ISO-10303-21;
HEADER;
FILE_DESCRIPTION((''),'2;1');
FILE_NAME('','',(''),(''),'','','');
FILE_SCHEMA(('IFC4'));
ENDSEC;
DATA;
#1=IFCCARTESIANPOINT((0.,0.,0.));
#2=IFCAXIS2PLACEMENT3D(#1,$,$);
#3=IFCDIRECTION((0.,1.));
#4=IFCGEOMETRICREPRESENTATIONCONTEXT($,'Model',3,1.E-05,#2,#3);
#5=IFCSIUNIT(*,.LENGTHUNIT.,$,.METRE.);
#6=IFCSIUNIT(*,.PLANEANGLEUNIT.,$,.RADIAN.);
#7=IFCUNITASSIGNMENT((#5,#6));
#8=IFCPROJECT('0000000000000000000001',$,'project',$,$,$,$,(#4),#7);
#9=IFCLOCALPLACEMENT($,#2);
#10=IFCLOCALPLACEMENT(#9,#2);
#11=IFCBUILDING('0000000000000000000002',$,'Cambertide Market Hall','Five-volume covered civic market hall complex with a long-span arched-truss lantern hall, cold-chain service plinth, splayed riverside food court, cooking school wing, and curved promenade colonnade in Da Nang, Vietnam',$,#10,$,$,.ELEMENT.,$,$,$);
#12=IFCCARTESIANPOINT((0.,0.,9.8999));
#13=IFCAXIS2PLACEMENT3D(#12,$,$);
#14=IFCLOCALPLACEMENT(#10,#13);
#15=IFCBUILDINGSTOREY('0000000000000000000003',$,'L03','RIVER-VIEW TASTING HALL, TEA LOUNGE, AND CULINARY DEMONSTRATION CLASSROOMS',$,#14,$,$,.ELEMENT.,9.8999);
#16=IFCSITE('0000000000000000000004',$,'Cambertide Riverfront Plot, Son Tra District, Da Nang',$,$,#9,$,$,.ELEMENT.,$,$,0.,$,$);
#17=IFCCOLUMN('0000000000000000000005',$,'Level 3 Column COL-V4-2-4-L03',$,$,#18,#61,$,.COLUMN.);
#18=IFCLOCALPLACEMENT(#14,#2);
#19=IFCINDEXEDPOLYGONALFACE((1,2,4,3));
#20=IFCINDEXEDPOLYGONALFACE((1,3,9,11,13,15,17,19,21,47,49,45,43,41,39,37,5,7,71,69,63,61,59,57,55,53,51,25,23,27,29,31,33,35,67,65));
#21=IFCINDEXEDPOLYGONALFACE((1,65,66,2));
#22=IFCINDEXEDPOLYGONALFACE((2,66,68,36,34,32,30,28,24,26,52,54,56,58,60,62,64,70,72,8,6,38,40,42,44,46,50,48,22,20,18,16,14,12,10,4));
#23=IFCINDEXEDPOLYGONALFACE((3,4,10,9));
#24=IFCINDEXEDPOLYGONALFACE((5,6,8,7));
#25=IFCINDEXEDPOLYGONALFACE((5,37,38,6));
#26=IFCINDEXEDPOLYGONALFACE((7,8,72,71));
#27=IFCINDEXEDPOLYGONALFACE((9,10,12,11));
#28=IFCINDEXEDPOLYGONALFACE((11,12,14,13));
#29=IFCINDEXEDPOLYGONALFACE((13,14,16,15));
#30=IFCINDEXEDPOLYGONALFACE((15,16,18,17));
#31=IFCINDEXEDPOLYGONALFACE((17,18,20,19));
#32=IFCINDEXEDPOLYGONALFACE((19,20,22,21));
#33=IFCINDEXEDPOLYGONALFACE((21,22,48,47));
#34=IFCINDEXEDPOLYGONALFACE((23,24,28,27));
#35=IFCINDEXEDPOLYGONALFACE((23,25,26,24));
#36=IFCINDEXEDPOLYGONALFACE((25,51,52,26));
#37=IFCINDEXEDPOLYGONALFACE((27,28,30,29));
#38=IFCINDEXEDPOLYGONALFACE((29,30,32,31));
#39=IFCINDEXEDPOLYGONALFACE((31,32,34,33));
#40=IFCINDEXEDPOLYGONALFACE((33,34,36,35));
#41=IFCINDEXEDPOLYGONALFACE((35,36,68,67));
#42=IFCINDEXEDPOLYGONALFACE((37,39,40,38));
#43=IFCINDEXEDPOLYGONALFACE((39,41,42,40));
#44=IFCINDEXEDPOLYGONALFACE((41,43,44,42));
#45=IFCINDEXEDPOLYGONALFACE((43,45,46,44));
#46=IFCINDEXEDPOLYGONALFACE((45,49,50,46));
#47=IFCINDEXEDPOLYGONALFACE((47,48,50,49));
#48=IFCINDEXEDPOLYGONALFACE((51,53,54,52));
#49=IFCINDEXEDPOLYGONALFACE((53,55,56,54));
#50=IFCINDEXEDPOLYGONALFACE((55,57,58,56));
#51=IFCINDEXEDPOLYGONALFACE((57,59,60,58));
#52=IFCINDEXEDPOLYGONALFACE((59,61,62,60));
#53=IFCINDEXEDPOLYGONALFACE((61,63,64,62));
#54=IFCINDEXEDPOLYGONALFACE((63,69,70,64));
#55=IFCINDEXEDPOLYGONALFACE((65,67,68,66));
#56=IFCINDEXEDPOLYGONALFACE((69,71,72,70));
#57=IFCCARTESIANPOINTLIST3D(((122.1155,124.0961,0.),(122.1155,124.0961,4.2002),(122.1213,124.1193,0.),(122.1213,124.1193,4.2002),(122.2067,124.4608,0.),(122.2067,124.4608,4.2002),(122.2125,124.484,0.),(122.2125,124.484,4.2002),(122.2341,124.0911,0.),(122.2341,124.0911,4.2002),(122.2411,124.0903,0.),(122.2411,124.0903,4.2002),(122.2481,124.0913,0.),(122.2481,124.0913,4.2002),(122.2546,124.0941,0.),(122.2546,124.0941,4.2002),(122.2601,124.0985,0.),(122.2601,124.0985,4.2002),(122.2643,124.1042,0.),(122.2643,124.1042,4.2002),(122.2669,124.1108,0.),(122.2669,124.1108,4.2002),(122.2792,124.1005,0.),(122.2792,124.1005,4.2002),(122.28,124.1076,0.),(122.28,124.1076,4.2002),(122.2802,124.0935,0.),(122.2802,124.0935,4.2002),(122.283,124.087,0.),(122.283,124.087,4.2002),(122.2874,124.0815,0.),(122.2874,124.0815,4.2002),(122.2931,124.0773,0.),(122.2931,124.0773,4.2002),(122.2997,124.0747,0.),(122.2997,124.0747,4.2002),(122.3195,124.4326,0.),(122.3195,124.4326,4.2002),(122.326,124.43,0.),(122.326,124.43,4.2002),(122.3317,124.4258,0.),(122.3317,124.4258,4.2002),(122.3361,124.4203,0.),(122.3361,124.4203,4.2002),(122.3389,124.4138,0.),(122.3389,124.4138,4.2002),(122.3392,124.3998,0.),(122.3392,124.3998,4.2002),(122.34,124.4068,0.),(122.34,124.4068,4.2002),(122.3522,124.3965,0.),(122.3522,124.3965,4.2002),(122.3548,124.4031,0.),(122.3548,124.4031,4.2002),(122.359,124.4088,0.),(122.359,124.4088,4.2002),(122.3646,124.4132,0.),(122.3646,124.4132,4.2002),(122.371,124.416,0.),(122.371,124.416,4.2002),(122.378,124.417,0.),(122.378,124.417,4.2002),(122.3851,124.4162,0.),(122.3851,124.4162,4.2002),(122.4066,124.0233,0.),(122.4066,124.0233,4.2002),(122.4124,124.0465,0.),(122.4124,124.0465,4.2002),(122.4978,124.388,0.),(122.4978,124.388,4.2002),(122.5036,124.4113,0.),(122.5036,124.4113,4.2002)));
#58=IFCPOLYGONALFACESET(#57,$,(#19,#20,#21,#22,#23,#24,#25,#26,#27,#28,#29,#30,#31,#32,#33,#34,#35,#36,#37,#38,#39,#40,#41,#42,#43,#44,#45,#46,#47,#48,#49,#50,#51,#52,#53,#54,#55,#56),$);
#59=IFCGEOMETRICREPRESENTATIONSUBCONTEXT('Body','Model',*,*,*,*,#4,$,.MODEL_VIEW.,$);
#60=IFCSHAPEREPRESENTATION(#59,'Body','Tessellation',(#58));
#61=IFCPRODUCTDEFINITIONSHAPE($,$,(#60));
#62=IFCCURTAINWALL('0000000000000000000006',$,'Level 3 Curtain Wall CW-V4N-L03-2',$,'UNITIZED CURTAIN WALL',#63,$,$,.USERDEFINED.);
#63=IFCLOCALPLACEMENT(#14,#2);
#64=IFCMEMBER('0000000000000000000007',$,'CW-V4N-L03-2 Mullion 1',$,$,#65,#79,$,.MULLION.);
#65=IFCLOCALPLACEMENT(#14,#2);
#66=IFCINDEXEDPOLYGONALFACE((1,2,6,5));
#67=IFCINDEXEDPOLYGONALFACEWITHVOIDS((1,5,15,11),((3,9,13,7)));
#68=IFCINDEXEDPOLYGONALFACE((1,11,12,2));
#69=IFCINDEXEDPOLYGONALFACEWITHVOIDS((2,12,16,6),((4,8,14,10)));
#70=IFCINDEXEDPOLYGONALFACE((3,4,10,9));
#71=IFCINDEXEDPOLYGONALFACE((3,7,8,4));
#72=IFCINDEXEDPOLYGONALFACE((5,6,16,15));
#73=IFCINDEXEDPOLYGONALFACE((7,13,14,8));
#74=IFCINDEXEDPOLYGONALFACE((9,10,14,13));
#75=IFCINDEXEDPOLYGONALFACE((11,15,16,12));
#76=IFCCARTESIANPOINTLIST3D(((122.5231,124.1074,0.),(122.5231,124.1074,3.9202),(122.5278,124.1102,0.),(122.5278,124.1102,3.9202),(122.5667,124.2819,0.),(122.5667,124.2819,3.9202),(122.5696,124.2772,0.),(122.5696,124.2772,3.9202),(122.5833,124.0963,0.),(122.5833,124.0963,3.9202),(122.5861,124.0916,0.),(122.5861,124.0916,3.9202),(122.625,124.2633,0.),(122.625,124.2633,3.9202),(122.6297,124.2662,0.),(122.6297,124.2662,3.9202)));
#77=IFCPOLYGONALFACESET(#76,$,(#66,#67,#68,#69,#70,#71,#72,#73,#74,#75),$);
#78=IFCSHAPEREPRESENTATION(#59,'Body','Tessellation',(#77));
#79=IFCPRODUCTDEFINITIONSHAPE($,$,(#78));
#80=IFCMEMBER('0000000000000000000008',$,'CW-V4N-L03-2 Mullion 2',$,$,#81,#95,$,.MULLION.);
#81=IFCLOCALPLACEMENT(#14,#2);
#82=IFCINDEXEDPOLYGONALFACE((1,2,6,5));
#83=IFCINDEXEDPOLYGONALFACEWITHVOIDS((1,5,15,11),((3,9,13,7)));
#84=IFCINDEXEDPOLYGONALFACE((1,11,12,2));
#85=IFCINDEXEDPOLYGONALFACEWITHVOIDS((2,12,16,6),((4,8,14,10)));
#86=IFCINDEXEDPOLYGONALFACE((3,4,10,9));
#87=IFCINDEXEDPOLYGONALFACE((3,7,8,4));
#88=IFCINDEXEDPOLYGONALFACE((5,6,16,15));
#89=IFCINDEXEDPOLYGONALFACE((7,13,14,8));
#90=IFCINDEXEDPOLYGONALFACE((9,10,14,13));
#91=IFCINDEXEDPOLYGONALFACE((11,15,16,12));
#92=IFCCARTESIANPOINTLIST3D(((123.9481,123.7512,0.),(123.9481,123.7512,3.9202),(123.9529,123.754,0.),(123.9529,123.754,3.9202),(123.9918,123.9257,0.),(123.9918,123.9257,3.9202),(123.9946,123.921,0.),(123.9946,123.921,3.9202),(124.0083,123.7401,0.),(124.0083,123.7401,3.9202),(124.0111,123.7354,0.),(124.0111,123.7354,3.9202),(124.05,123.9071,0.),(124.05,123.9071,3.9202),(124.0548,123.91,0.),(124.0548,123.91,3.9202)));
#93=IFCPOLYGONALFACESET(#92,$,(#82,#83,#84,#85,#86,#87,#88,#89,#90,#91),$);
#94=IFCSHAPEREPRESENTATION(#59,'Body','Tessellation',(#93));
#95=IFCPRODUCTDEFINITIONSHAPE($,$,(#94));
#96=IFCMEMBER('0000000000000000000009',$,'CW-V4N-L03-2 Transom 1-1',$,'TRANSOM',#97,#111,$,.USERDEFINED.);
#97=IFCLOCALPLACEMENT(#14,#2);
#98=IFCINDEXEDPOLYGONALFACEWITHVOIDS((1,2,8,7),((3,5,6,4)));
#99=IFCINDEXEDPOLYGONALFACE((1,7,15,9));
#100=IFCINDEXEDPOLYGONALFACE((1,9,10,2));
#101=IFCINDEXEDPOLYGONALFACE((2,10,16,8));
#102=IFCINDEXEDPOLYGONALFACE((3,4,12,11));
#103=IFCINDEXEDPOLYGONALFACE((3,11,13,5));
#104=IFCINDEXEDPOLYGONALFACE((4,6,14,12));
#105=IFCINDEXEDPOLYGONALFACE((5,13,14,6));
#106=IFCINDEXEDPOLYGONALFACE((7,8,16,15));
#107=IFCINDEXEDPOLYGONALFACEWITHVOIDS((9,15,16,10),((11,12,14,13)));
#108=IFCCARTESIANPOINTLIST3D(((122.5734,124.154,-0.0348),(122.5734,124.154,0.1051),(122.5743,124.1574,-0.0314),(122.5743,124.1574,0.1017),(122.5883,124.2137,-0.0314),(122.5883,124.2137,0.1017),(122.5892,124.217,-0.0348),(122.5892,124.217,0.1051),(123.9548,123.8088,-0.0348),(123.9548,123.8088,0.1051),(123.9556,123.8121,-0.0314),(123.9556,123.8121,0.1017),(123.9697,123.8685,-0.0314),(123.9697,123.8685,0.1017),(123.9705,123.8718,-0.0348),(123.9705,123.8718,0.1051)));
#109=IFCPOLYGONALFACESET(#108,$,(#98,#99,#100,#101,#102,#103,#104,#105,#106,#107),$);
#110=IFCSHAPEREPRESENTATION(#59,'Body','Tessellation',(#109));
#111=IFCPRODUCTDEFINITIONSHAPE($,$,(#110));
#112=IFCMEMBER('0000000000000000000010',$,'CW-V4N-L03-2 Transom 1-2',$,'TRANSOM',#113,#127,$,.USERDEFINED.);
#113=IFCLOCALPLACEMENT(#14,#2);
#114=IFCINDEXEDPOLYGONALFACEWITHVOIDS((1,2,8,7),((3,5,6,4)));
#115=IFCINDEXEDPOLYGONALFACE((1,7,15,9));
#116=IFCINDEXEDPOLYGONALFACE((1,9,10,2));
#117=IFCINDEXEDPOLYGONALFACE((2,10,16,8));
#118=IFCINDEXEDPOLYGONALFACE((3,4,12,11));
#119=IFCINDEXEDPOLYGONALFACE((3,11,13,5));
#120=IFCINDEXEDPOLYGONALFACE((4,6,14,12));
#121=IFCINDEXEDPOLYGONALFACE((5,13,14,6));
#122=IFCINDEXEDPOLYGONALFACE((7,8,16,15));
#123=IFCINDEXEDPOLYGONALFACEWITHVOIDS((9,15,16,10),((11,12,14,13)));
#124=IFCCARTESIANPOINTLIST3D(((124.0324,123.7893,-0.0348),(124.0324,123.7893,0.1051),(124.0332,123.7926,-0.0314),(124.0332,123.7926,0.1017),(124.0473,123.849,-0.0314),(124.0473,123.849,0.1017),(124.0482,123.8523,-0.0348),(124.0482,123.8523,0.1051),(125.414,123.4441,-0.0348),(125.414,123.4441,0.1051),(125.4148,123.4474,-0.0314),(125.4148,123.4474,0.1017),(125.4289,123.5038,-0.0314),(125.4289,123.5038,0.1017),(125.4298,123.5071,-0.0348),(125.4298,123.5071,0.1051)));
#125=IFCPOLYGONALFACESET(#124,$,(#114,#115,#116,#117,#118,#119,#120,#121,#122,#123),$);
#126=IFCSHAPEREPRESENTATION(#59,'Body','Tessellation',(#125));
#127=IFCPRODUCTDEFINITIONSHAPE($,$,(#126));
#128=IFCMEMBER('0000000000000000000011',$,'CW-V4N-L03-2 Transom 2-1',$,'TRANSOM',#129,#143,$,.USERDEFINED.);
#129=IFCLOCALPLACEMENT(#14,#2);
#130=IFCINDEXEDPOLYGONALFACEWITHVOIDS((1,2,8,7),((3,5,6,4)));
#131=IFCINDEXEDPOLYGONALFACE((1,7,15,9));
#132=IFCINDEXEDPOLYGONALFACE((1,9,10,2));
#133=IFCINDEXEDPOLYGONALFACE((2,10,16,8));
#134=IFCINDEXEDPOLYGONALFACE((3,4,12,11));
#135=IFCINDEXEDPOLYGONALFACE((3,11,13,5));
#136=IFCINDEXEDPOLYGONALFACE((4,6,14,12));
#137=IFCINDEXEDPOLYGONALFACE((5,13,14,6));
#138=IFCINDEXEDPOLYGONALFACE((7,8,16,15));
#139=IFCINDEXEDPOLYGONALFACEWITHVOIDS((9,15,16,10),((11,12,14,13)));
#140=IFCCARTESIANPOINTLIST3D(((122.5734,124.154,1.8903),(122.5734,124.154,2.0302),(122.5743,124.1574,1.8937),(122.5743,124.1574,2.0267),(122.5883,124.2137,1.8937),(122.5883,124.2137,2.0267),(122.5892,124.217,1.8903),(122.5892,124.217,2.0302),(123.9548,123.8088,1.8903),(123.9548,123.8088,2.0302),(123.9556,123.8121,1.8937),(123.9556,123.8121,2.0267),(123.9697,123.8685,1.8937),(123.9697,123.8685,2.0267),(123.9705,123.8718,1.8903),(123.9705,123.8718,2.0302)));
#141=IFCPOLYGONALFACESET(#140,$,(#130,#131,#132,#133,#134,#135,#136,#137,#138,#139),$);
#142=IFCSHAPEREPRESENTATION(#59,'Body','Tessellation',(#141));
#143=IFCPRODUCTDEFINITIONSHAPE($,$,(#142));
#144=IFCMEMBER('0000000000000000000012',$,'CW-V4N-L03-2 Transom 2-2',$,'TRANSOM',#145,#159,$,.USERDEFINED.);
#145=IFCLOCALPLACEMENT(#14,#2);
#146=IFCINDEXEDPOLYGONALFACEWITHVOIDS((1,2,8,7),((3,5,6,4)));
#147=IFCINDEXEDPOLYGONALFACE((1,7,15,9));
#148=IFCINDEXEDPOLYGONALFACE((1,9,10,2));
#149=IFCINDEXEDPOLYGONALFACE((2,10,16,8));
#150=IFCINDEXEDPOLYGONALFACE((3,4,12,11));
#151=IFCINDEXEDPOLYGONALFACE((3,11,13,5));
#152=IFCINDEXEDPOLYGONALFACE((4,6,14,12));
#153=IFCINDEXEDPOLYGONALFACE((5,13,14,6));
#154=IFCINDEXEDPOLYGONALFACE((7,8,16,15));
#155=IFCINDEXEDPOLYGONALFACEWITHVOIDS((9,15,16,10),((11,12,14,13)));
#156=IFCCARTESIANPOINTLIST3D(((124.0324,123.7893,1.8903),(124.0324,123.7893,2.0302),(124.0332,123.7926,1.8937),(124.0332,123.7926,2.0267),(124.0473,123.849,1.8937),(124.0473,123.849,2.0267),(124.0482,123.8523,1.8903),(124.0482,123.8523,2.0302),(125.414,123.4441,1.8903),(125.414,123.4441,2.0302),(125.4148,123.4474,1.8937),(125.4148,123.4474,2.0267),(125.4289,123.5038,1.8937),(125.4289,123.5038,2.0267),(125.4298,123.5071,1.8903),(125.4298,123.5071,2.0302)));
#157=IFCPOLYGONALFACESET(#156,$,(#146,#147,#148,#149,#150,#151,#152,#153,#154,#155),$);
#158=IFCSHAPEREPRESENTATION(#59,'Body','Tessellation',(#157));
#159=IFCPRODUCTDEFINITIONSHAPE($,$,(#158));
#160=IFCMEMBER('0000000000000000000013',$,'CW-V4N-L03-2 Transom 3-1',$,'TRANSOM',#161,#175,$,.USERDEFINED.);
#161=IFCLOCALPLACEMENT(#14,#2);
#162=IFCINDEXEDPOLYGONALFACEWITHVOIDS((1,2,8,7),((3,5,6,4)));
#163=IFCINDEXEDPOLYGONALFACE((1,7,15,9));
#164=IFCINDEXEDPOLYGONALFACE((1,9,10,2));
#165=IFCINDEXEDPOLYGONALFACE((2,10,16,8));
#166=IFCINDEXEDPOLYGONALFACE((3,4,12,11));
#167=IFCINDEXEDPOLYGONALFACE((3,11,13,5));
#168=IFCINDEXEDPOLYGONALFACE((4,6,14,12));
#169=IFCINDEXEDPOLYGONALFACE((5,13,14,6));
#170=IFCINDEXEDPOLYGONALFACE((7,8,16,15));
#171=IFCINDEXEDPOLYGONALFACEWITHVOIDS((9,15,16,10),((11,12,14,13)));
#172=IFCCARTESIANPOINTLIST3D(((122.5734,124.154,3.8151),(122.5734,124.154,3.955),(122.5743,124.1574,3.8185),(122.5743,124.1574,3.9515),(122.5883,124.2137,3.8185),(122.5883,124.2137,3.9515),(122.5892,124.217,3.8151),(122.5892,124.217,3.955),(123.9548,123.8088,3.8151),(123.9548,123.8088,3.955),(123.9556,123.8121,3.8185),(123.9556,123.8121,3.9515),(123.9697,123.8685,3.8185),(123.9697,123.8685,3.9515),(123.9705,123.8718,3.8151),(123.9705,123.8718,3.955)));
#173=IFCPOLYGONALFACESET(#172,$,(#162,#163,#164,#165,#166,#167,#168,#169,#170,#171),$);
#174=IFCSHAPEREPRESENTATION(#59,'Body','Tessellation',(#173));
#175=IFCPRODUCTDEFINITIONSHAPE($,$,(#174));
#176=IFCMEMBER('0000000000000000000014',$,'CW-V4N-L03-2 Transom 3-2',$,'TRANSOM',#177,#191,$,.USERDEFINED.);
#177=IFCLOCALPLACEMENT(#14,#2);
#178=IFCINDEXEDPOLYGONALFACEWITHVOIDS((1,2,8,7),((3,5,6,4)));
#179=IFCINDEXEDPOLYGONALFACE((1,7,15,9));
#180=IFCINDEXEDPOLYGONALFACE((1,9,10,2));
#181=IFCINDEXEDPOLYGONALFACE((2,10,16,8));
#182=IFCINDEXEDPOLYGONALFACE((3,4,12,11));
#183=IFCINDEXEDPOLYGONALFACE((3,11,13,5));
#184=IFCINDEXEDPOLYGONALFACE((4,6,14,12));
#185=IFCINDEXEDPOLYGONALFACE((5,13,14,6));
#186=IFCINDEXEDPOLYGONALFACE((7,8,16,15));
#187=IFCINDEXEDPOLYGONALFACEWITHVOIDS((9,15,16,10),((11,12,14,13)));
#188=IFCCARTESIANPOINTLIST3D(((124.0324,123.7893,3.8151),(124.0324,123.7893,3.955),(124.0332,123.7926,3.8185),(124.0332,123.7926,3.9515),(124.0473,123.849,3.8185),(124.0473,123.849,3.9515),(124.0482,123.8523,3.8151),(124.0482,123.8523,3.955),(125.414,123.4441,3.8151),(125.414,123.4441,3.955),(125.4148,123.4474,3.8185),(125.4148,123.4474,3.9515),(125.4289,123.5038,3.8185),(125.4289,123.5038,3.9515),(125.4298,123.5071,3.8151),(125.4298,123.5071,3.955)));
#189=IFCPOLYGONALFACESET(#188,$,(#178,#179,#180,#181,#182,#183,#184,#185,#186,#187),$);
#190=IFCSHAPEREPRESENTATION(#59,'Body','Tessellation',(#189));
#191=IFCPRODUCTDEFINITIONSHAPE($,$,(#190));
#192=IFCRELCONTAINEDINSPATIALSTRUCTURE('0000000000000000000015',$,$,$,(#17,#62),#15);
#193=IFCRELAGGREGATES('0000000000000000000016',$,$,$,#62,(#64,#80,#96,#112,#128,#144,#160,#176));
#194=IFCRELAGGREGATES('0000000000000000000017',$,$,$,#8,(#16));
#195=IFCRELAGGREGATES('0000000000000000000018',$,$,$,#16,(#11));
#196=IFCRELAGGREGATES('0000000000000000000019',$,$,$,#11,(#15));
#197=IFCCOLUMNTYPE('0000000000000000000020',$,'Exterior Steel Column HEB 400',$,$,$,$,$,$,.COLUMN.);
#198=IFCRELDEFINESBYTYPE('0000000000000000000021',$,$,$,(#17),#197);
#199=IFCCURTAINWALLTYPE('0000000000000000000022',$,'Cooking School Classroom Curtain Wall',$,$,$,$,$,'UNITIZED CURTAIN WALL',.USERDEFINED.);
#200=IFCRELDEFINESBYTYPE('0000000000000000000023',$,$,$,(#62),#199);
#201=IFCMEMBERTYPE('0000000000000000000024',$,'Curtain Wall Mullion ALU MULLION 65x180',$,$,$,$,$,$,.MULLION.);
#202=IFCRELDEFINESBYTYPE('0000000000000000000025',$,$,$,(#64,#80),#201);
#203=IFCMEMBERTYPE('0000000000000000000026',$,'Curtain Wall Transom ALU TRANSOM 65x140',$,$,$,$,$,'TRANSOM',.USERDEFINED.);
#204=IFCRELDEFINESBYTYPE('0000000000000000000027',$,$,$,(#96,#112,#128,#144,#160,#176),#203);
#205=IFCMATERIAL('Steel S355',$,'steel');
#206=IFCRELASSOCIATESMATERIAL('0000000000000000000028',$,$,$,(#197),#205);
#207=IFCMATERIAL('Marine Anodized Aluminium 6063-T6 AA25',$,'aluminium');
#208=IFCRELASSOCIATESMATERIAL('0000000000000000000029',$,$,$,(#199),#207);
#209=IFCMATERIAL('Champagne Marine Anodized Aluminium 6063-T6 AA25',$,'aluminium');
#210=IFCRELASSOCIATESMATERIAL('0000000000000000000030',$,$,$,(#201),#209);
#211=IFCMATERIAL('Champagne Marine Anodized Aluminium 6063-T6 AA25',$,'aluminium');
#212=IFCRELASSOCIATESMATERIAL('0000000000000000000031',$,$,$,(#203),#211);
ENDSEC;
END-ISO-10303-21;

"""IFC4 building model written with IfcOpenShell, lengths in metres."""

from ifc_helpers import new_model, si_unit, direction, frame, origin, origin_2d, place, context, subcontext, project, spatial, hollow_rectangle, i_section, extrude, material, material_profile, profile_set, type_object, element, aggregate, save


model = new_model("IFC4")

# Units and contexts
model_context = context("Model", 3, precision=1e-05, world=origin(), true_north=direction((0.0, 1.0)))
body_context = subcontext(model_context, "Body", "Model", "MODEL_VIEW")
ifc_project = project(units=[si_unit("LENGTHUNIT", "METRE"), si_unit("PLANEANGLEUNIT", "RADIAN")], contexts=[model_context])

# Site, building, storey
site_placement = place(None, origin())
site = spatial("IfcSite", under=ifc_project, at=site_placement, Name="Cambertide Riverfront Plot, Son Tra District, Da Nang", CompositionType="ELEMENT", RefElevation=0.0)
building_placement = place(site_placement, origin())
building = spatial("IfcBuilding", under=site, at=building_placement, Name="Cambertide Market Hall", Description="Five-volume covered civic market hall complex with a long-span arched-truss lantern hall, cold-chain service plinth, splayed riverside food court, cooking school wing, and curved promenade colonnade in Da Nang, Vietnam", CompositionType="ELEMENT")
storey_placement = place(building_placement, frame((0.0, 0.0, 9.8999)))
storey = spatial("IfcBuildingStorey", under=building, at=storey_placement, Name="L03", Description="RIVER-VIEW TASTING HALL, TEA LOUNGE, AND CULINARY DEMONSTRATION CLASSROOMS", CompositionType="ELEMENT", Elevation=9.8999)

# Column
ifc_material_1 = material(Name="Steel S355", Category="steel")
ifc_material_profile_1 = material_profile(ifc_material_1, i_section(OverallWidth=0.3, OverallDepth=0.3999, WebThickness=0.0134, FlangeThickness=0.0239, FilletRadius=0.0271, at=origin_2d()), Name="HEB 400")
ifc_profile_set_1 = profile_set([ifc_material_profile_1], Name="Steel S355")
column_type = type_object("IfcColumnType", Name="Exterior Steel Column HEB 400", PredefinedType="COLUMN", material=ifc_profile_set_1)
column_placement = place(storey_placement, frame((122.3096, 124.2537, 0.0), z_axis=(0.0, 0.0, 1.0), x_axis=(0.970143, -0.242536, 0.0)))
element("IfcColumn", 1, at=column_placement, inside=storey, type_object=column_type, Name="Level 3 Column COL-V4-2-4-L03", PredefinedType="COLUMN", context=body_context, shape_type="SweptSolid", body=[
    extrude(i_section(OverallWidth=0.3, OverallDepth=0.3999, WebThickness=0.0134, FlangeThickness=0.0239, FilletRadius=0.0271, at=origin_2d()), origin(), (0.0, 0.0, 1.0), 4.2002),
])

# Curtain wall, members
ifc_material_2 = material(Name="Marine Anodized Aluminium 6063-T6 AA25", Category="aluminium")
curtain_wall_type = type_object("IfcCurtainWallType", Name="Cooking School Classroom Curtain Wall", ElementType="UNITIZED CURTAIN WALL", PredefinedType="USERDEFINED", material=ifc_material_2)
curtain_wall_placement = place(storey_placement, origin())
curtain_wall = element("IfcCurtainWall", 2, at=curtain_wall_placement, inside=storey, type_object=curtain_wall_type, Name="Level 3 Curtain Wall CW-V4N-L03-2", ObjectType="UNITIZED CURTAIN WALL", PredefinedType="USERDEFINED")
ifc_material_3 = material(Name="Champagne Marine Anodized Aluminium 6063-T6 AA25", Category="aluminium")
ifc_material_profile_2 = material_profile(ifc_material_3, hollow_rectangle(XDim=0.0649, YDim=0.1799, WallThickness=0.0039, at=origin_2d()), Name="ALU MULLION 65x180")
ifc_profile_set_2 = profile_set([ifc_material_profile_2], Name="Champagne Marine Anodized Aluminium 6063-T6 AA25")
member_type_1 = type_object("IfcMemberType", Name="Curtain Wall Mullion ALU MULLION 65x180", PredefinedType="MULLION", material=ifc_profile_set_2)
member_1_placement = place(storey_placement, frame((122.5764, 124.1868, 0.0), z_axis=(0.0, 0.0, 1.0), x_axis=(0.970143, -0.242536, 0.0)))
member_1 = element("IfcMember", 3, at=member_1_placement, type_object=member_type_1, Name="CW-V4N-L03-2 Mullion 1", PredefinedType="MULLION", context=body_context, shape_type="SweptSolid", body=[
    extrude(hollow_rectangle(XDim=0.0649, YDim=0.1799, WallThickness=0.0039, at=origin_2d()), origin(), (0.0, 0.0, 1.0), 3.9202),
])
member_2_placement = place(storey_placement, frame((124.0015, 123.8306, 0.0), z_axis=(0.0, 0.0, 1.0), x_axis=(0.970143, -0.242536, 0.0)))
member_2 = element("IfcMember", 4, at=member_2_placement, type_object=member_type_1, Name="CW-V4N-L03-2 Mullion 2", PredefinedType="MULLION", context=body_context, shape_type="SweptSolid", body=[
    extrude(hollow_rectangle(XDim=0.0649, YDim=0.1799, WallThickness=0.0039, at=origin_2d()), origin(), (0.0, 0.0, 1.0), 3.9202),
])
ifc_material_4 = material(Name="Champagne Marine Anodized Aluminium 6063-T6 AA25", Category="aluminium")
ifc_material_profile_3 = material_profile(ifc_material_4, hollow_rectangle(XDim=0.0649, YDim=0.1399, WallThickness=0.0034, at=origin_2d()), Name="ALU TRANSOM 65x140")
ifc_profile_set_3 = profile_set([ifc_material_profile_3], Name="Champagne Marine Anodized Aluminium 6063-T6 AA25")
member_type_2 = type_object("IfcMemberType", Name="Curtain Wall Transom ALU TRANSOM 65x140", ElementType="TRANSOM", PredefinedType="USERDEFINED", material=ifc_profile_set_3)
member_3_placement = place(storey_placement, frame((122.5813, 124.1855, 0.0352), z_axis=(0.970163, -0.242455, 0.0), x_axis=(0.242455, 0.970163, 0.0)))
member_3 = element("IfcMember", 5, at=member_3_placement, type_object=member_type_2, Name="CW-V4N-L03-2 Transom 1-1", ObjectType="TRANSOM", PredefinedType="USERDEFINED", context=body_context, shape_type="SweptSolid", body=[
    extrude(hollow_rectangle(XDim=0.0649, YDim=0.1399, WallThickness=0.0034, at=origin_2d()), origin(), (0.0, 0.0, 1.0), 1.4238),
])
member_4_placement = place(storey_placement, frame((124.0403, 123.8208, 0.0352), z_axis=(0.970173, -0.242415, 0.0), x_axis=(0.242415, 0.970173, 0.0)))
member_4 = element("IfcMember", 6, at=member_4_placement, type_object=member_type_2, Name="CW-V4N-L03-2 Transom 1-2", ObjectType="TRANSOM", PredefinedType="USERDEFINED", context=body_context, shape_type="SweptSolid", body=[
    extrude(hollow_rectangle(XDim=0.0649, YDim=0.1399, WallThickness=0.0034, at=origin_2d()), origin(), (0.0, 0.0, 1.0), 1.4241),
])
member_5_placement = place(storey_placement, frame((122.5813, 124.1855, 1.9602), z_axis=(0.970163, -0.242455, 0.0), x_axis=(0.242455, 0.970163, 0.0)))
member_5 = element("IfcMember", 7, at=member_5_placement, type_object=member_type_2, Name="CW-V4N-L03-2 Transom 2-1", ObjectType="TRANSOM", PredefinedType="USERDEFINED", context=body_context, shape_type="SweptSolid", body=[
    extrude(hollow_rectangle(XDim=0.0649, YDim=0.1399, WallThickness=0.0034, at=origin_2d()), origin(), (0.0, 0.0, 1.0), 1.4238),
])
member_6_placement = place(storey_placement, frame((124.0403, 123.8208, 1.9602), z_axis=(0.970173, -0.242415, 0.0), x_axis=(0.242415, 0.970173, 0.0)))
member_6 = element("IfcMember", 8, at=member_6_placement, type_object=member_type_2, Name="CW-V4N-L03-2 Transom 2-2", ObjectType="TRANSOM", PredefinedType="USERDEFINED", context=body_context, shape_type="SweptSolid", body=[
    extrude(hollow_rectangle(XDim=0.0649, YDim=0.1399, WallThickness=0.0034, at=origin_2d()), origin(), (0.0, 0.0, 1.0), 1.4241),
])
member_7_placement = place(storey_placement, frame((122.5813, 124.1855, 3.885), z_axis=(0.970163, -0.242455, 0.0), x_axis=(0.242455, 0.970163, 0.0)))
member_7 = element("IfcMember", 9, at=member_7_placement, type_object=member_type_2, Name="CW-V4N-L03-2 Transom 3-1", ObjectType="TRANSOM", PredefinedType="USERDEFINED", context=body_context, shape_type="SweptSolid", body=[
    extrude(hollow_rectangle(XDim=0.0649, YDim=0.1399, WallThickness=0.0034, at=origin_2d()), origin(), (0.0, 0.0, 1.0), 1.4238),
])
member_8_placement = place(storey_placement, frame((124.0403, 123.8208, 3.885), z_axis=(0.970173, -0.242415, 0.0), x_axis=(0.242415, 0.970173, 0.0)))
member_8 = element("IfcMember", 10, at=member_8_placement, type_object=member_type_2, Name="CW-V4N-L03-2 Transom 3-2", ObjectType="TRANSOM", PredefinedType="USERDEFINED", context=body_context, shape_type="SweptSolid", body=[
    extrude(hollow_rectangle(XDim=0.0649, YDim=0.1399, WallThickness=0.0034, at=origin_2d()), origin(), (0.0, 0.0, 1.0), 1.4241),
])

aggregate(curtain_wall, [member_1, member_2, member_3, member_4, member_5, member_6, member_7, member_8])

save(model, "model.ifc")
